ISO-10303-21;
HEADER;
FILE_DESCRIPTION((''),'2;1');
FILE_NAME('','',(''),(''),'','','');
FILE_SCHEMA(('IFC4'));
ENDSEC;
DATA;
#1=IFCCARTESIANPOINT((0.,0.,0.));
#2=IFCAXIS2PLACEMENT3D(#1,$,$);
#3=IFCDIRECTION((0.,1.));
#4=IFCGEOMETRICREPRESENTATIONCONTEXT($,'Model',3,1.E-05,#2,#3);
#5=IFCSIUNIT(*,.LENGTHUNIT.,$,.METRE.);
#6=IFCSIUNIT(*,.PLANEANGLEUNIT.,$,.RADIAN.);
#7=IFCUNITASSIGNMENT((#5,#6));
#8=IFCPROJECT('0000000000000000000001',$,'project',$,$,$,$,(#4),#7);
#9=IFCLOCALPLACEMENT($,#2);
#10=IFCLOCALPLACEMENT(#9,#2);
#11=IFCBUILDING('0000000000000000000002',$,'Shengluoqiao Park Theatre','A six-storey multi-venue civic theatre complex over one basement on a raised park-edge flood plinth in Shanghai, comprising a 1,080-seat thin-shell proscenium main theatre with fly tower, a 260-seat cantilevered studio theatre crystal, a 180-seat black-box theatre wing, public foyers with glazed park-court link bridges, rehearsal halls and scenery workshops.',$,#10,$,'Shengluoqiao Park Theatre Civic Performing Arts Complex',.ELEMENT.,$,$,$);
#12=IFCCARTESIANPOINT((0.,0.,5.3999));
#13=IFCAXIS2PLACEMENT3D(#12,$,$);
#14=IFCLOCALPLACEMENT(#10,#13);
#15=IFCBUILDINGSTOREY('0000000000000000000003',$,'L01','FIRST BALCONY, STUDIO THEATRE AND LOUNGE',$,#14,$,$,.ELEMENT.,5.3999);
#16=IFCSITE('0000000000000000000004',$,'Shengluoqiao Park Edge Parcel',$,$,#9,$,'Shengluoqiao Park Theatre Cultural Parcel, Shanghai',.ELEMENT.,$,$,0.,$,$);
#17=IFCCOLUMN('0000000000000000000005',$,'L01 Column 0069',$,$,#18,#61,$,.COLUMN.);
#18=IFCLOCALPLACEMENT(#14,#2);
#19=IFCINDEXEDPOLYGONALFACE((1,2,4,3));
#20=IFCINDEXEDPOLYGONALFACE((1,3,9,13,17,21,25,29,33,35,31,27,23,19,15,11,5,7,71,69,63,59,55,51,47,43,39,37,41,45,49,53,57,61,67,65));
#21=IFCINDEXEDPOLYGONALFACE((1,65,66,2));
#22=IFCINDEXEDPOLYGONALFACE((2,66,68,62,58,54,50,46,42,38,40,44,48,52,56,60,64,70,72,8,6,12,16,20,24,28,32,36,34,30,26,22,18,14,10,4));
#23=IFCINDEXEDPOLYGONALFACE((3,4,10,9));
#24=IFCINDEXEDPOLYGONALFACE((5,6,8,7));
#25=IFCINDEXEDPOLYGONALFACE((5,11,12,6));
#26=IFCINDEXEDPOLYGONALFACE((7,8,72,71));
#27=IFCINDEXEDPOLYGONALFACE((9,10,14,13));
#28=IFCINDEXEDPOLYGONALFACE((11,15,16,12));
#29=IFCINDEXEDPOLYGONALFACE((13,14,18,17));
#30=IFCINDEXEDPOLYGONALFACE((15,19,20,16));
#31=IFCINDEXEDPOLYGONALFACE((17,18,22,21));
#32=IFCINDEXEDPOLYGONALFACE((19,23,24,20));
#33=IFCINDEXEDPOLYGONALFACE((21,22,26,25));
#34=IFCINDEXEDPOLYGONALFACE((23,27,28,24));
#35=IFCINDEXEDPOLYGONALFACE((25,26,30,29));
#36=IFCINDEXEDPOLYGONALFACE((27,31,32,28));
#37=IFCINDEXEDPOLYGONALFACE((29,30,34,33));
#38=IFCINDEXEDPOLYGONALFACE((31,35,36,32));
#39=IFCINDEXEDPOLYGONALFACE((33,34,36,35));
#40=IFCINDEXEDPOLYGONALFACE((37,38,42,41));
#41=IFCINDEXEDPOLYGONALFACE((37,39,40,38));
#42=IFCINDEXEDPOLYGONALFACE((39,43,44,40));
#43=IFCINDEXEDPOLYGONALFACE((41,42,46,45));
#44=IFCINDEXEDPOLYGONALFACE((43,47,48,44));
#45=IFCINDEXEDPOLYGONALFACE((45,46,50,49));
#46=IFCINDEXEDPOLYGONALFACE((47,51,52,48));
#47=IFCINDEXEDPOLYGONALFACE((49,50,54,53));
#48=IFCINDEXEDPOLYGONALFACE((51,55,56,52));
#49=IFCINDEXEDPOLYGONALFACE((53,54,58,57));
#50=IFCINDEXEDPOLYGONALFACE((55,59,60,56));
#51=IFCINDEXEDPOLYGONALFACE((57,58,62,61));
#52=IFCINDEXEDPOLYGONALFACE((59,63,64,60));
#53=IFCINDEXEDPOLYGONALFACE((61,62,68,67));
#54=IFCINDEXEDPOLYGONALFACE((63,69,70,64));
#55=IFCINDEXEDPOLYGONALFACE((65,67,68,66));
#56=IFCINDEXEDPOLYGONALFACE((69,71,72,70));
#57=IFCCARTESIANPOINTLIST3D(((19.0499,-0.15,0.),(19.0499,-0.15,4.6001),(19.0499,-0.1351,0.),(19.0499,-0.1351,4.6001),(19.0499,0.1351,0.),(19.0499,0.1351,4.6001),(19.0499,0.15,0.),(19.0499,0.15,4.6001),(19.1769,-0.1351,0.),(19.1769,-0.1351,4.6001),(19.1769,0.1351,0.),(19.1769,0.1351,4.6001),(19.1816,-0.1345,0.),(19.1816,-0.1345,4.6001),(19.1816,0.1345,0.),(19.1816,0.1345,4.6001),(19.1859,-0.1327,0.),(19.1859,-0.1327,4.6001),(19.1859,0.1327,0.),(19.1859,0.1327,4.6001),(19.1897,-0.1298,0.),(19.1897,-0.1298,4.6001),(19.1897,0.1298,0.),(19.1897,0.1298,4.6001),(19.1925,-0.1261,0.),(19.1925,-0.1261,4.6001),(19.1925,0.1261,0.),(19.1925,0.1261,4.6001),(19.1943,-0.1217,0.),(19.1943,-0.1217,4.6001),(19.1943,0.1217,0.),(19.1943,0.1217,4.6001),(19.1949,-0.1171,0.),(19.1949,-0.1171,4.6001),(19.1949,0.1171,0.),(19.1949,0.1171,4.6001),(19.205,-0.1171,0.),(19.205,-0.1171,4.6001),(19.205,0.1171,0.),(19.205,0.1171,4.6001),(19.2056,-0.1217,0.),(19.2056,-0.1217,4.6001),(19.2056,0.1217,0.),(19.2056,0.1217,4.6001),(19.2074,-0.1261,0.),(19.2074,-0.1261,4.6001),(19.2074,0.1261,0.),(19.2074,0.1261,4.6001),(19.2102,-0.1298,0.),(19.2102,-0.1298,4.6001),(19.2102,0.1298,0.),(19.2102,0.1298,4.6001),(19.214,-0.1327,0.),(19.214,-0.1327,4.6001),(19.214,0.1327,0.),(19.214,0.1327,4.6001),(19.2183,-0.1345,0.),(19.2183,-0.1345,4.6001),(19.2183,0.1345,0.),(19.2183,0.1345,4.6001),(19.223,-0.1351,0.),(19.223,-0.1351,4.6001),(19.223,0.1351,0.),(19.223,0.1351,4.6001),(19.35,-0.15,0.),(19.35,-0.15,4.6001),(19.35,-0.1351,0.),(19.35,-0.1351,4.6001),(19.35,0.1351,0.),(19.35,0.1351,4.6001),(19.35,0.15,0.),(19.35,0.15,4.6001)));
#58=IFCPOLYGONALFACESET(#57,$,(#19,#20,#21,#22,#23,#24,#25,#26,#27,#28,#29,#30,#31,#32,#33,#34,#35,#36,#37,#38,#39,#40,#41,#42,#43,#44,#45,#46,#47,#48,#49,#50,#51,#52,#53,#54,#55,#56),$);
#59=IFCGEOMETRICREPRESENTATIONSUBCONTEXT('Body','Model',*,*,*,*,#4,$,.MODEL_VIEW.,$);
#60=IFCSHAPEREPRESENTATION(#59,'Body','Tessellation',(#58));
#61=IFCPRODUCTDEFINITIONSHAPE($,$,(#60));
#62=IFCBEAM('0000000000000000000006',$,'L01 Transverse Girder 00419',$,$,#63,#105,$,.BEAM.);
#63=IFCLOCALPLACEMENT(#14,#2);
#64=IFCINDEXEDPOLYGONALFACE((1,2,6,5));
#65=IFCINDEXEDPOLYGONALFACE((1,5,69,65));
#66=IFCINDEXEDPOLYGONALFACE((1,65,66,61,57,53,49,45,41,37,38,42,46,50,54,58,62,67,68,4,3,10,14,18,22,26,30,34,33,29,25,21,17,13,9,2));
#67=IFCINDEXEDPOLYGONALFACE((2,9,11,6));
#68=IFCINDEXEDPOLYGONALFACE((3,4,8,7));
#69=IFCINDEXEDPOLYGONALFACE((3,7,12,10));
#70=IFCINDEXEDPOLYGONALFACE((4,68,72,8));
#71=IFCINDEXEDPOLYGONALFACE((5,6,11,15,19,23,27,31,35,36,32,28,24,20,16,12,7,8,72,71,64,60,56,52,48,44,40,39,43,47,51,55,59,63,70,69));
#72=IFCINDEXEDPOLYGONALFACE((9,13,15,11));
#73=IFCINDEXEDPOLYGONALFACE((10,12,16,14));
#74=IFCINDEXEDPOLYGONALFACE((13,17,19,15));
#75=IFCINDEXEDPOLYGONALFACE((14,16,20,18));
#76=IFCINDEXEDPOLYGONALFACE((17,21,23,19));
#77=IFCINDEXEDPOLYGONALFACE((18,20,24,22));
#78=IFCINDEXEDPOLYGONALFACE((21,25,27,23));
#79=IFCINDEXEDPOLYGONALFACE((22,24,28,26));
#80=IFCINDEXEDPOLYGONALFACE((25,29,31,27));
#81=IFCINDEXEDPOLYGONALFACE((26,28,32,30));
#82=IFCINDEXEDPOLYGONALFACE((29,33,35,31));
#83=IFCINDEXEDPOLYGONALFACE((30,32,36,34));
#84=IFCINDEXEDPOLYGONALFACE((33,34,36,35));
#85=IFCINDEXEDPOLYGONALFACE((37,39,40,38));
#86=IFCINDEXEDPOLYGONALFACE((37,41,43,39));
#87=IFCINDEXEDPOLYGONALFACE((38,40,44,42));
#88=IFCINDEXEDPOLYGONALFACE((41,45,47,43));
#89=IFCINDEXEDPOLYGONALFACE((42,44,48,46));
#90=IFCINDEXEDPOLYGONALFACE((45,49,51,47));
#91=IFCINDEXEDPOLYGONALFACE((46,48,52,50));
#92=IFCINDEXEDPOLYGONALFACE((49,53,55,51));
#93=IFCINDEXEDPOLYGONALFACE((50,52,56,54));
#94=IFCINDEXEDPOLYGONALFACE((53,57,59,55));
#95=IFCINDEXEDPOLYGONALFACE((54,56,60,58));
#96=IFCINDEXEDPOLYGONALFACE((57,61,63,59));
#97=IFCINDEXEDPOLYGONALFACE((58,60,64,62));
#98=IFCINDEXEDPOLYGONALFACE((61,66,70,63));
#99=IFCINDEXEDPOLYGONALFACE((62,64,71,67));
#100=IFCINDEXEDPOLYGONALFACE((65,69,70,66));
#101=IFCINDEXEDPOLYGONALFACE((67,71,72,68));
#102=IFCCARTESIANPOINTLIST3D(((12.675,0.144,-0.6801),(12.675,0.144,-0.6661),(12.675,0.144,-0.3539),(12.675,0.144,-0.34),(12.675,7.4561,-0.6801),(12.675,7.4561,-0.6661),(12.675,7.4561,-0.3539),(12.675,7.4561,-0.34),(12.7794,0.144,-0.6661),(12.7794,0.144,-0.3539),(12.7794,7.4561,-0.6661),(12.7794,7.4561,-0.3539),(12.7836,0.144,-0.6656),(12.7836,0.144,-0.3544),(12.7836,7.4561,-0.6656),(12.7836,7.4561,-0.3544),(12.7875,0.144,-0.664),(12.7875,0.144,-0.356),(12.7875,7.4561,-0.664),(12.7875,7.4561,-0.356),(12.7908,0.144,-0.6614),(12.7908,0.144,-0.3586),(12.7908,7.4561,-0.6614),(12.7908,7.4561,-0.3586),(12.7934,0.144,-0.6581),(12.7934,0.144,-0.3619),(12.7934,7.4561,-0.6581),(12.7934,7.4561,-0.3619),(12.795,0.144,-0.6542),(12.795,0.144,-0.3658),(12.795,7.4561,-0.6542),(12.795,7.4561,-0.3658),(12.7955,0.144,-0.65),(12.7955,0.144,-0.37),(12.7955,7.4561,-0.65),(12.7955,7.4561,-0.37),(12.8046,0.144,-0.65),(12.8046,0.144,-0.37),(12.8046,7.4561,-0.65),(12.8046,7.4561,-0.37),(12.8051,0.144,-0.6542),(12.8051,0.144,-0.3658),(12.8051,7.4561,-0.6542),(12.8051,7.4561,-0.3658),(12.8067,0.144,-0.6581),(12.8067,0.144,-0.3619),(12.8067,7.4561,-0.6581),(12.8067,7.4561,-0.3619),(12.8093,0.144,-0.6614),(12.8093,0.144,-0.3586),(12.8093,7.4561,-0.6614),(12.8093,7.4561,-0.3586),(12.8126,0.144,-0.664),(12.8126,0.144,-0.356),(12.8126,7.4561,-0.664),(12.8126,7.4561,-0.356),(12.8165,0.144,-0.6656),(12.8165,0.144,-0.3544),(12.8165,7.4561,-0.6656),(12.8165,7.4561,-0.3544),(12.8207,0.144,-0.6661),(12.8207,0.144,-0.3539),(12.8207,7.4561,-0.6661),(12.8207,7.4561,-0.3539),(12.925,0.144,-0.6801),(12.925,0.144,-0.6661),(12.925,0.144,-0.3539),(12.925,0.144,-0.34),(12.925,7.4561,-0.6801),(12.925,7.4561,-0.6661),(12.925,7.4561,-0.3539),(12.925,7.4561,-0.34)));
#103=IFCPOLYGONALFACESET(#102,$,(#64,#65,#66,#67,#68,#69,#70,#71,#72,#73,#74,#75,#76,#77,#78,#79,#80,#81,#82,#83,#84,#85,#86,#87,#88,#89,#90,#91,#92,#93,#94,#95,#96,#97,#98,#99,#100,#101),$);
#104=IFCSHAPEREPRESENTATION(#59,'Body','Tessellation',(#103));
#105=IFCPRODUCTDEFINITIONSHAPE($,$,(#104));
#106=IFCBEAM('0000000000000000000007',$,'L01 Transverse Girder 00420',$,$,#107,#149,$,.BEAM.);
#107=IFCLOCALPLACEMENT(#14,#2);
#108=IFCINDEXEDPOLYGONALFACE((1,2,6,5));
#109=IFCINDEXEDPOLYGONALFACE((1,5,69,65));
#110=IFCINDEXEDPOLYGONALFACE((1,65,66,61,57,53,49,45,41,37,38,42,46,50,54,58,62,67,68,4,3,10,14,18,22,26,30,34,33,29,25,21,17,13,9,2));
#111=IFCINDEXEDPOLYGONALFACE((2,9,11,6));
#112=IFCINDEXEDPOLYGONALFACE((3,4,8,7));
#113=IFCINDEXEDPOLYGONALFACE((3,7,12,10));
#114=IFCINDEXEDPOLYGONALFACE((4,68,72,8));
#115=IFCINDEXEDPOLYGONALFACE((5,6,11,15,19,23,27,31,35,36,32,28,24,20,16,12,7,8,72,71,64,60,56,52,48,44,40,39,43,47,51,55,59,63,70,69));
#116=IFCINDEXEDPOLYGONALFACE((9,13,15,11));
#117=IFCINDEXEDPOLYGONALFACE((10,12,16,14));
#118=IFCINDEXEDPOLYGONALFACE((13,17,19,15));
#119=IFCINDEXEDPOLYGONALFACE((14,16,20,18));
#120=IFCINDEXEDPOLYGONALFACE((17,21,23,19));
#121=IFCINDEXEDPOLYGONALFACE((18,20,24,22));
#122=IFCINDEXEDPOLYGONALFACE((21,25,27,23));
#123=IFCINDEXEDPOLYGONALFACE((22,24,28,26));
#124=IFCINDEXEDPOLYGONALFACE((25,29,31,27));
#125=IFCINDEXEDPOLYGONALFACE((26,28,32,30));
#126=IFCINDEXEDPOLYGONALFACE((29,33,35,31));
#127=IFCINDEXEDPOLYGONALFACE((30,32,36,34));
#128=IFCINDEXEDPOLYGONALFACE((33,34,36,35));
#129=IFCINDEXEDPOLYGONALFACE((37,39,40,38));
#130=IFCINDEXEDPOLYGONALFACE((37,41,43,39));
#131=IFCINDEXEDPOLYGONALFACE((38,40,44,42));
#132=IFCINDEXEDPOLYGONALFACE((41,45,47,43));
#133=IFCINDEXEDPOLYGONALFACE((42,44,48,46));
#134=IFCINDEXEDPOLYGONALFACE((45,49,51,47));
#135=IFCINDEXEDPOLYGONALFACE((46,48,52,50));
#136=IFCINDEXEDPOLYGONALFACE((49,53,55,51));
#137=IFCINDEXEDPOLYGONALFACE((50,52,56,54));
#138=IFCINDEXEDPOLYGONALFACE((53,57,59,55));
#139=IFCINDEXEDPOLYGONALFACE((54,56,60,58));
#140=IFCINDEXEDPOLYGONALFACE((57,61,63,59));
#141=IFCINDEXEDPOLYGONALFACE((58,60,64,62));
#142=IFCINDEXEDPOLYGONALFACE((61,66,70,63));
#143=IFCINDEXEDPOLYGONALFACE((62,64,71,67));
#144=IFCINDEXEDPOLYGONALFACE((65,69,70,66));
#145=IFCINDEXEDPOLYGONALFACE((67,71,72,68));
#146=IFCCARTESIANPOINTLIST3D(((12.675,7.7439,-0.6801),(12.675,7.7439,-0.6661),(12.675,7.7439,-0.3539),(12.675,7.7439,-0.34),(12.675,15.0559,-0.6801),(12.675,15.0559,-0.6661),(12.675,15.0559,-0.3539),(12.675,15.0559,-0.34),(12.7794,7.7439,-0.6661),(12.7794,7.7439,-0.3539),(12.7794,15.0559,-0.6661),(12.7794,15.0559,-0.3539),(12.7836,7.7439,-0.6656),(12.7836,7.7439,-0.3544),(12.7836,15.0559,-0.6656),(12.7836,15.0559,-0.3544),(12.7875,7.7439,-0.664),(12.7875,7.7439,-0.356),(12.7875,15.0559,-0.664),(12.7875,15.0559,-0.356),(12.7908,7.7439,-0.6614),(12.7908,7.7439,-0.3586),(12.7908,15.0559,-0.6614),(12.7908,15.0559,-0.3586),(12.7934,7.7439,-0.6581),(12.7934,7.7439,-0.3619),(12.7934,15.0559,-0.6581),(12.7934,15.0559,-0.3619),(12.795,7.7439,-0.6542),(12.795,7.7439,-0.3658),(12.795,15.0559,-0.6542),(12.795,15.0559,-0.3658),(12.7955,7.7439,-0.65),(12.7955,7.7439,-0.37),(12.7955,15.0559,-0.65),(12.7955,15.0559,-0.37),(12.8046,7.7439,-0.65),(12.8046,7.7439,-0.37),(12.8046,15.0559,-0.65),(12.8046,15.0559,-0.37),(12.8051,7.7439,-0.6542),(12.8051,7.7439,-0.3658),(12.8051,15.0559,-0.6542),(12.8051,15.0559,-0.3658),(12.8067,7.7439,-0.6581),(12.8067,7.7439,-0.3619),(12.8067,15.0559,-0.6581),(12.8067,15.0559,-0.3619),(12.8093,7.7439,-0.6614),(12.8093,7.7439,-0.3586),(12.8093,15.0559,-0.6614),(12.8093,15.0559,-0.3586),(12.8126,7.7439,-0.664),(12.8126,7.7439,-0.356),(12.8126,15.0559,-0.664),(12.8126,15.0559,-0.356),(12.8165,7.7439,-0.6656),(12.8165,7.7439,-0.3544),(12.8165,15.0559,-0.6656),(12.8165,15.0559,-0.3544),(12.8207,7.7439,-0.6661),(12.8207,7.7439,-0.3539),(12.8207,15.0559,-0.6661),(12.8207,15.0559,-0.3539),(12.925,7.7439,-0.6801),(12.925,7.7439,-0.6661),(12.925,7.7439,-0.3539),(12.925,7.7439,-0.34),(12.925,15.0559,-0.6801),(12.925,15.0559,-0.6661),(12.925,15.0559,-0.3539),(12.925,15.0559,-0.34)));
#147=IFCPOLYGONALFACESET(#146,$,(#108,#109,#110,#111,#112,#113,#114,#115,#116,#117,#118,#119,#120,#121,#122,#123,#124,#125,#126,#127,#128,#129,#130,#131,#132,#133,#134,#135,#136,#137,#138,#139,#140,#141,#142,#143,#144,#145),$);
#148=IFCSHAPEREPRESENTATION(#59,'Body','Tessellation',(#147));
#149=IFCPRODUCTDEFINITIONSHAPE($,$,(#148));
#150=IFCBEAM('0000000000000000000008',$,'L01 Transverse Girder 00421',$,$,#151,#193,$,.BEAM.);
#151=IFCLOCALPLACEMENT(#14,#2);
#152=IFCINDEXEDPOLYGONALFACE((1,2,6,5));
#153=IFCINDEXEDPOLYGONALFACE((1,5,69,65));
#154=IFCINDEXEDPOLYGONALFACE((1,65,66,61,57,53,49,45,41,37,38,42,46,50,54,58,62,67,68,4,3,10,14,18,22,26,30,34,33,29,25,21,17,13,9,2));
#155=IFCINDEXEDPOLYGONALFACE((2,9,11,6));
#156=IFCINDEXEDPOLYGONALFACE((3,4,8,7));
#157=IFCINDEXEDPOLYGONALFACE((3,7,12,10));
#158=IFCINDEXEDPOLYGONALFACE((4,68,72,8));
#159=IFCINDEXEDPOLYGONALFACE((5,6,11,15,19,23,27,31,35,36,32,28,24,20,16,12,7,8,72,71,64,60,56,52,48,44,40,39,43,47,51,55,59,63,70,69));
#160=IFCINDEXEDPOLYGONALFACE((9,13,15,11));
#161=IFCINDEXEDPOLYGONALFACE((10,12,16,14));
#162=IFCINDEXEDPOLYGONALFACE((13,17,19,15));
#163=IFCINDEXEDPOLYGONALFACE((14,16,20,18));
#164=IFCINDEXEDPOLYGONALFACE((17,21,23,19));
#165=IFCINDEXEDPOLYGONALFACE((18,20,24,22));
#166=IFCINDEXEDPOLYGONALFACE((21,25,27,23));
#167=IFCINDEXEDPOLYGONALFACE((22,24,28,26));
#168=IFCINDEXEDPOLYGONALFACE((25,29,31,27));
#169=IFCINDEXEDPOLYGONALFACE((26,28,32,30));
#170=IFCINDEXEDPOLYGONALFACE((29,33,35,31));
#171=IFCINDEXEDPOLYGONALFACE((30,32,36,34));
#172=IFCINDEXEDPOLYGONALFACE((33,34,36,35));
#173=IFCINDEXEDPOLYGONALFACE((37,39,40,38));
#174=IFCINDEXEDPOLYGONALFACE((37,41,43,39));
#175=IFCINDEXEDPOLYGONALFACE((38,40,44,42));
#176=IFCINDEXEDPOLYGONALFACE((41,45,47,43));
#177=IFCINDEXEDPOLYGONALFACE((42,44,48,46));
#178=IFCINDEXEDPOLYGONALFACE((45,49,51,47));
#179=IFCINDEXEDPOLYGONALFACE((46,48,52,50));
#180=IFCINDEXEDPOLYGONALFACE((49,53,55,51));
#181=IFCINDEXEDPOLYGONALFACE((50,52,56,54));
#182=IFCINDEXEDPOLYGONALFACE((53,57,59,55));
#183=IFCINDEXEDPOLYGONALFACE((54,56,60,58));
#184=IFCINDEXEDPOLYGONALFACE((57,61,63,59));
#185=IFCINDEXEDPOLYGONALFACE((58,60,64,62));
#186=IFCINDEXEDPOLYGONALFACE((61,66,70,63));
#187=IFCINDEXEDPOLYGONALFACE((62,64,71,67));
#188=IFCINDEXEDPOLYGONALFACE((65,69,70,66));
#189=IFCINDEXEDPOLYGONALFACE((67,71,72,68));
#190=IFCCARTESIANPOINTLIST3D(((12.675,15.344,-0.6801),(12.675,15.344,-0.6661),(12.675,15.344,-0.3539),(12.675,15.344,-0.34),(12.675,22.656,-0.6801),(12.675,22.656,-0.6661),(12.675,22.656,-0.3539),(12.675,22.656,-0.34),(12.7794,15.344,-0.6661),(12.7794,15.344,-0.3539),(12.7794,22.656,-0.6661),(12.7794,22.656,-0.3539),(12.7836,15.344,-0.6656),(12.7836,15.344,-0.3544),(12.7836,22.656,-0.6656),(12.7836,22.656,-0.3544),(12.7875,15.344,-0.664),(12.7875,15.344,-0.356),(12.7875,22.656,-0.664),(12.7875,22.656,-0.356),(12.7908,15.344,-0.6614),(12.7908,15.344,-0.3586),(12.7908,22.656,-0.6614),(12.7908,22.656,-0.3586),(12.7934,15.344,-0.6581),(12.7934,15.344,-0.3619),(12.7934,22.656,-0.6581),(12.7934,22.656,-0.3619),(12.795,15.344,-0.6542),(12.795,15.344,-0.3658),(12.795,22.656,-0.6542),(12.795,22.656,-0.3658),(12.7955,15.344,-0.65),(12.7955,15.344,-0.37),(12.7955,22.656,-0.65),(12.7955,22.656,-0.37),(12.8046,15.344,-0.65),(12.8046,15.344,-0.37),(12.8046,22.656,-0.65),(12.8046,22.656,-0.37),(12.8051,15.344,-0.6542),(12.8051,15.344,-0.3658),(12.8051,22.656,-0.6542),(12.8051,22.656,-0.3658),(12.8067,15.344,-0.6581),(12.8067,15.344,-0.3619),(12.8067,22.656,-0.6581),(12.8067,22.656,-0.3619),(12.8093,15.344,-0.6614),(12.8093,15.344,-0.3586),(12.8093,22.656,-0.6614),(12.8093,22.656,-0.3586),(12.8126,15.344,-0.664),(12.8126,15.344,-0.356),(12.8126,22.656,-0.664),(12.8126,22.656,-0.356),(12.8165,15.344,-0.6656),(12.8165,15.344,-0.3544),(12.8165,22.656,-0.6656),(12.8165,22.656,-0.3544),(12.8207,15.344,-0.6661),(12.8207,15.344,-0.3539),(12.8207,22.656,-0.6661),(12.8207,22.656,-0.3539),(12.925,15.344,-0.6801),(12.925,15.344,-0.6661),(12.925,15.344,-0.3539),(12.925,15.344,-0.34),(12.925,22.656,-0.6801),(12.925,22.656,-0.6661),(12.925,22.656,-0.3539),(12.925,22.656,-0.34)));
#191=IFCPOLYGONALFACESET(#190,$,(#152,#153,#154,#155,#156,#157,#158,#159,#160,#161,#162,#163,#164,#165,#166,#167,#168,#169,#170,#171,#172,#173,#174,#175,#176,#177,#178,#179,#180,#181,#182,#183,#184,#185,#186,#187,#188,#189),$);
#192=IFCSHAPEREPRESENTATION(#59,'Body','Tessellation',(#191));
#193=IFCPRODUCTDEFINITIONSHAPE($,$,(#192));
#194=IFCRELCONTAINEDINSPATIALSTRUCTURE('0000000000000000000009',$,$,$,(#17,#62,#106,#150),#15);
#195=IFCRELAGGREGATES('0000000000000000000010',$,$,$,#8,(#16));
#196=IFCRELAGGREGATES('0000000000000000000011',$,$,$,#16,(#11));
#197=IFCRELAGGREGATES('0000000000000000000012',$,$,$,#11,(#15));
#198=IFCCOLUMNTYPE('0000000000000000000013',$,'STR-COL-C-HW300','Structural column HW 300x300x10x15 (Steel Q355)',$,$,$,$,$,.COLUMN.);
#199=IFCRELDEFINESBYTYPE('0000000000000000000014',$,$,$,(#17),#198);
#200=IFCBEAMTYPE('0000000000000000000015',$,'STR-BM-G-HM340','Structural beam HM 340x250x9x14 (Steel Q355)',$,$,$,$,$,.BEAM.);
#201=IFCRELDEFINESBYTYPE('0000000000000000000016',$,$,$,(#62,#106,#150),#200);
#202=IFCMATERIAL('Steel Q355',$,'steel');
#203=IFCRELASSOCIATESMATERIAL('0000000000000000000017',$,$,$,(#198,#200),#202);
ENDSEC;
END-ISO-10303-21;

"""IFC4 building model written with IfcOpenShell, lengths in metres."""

from ifc_helpers import new_model, si_unit, direction, frame, origin, origin_2d, place, context, subcontext, project, spatial, i_section, extrude, material, material_profile, profile_set, type_object, element, save


model = new_model("IFC4")

# Units and contexts
model_context = context("Model", 3, precision=1e-05, world=origin(), true_north=direction((0.0, 1.0)))
body_context = subcontext(model_context, "Body", "Model", "MODEL_VIEW")
ifc_project = project(units=[si_unit("LENGTHUNIT", "METRE"), si_unit("PLANEANGLEUNIT", "RADIAN")], contexts=[model_context])

# Site, building, storey
site_placement = place(None, origin())
site = spatial("IfcSite", under=ifc_project, at=site_placement, Name="Shengluoqiao Park Edge Parcel", LongName="Shengluoqiao Park Theatre Cultural Parcel, Shanghai", CompositionType="ELEMENT", RefElevation=0.0)
building_placement = place(site_placement, origin())
building = spatial("IfcBuilding", under=site, at=building_placement, Name="Shengluoqiao Park Theatre", Description="A six-storey multi-venue civic theatre complex over one basement on a raised park-edge flood plinth in Shanghai, comprising a 1,080-seat thin-shell proscenium main theatre with fly tower, a 260-seat cantilevered studio theatre crystal, a 180-seat black-box theatre wing, public foyers with glazed park-court link bridges, rehearsal halls and scenery workshops.", LongName="Shengluoqiao Park Theatre Civic Performing Arts Complex", CompositionType="ELEMENT")
storey_placement = place(building_placement, frame((0.0, 0.0, 5.3999)))
storey = spatial("IfcBuildingStorey", under=building, at=storey_placement, Name="L01", Description="FIRST BALCONY, STUDIO THEATRE AND LOUNGE", CompositionType="ELEMENT", Elevation=5.3999)

# Column
ifc_material_1 = material(Name="Steel Q355", Category="steel")
ifc_material_profile_1 = material_profile(ifc_material_1, i_section(OverallWidth=0.3, OverallDepth=0.3, WebThickness=0.01, FlangeThickness=0.0149, FilletRadius=0.0181, at=origin_2d()), Name="HW 300x300x10x15")
ifc_profile_set_1 = profile_set([ifc_material_profile_1], Name="Steel Q355")
column_type = type_object("IfcColumnType", Name="STR-COL-C-HW300", Description="Structural column HW 300x300x10x15 (Steel Q355)", PredefinedType="COLUMN", material=ifc_profile_set_1)
for number, where, z_axis, x_axis, name in (
    (1, (19.2, 0.0, 0.0), (0.0, 0.0, 1.0), (1.0, 0.0, 0.0), "L01 Column 0069"),
):
    element("IfcColumn", number, at=place(storey_placement, frame(where, z_axis=z_axis, x_axis=x_axis)), inside=storey, type_object=column_type, Name=name, PredefinedType="COLUMN", context=body_context, shape_type="SweptSolid", body=[
        extrude(i_section(OverallWidth=0.3, OverallDepth=0.3, WebThickness=0.01, FlangeThickness=0.0149, FilletRadius=0.0181, at=origin_2d()), origin(), (0.0, 0.0, 1.0), 4.6001),
    ])

# Beams
ifc_material_profile_2 = material_profile(ifc_material_1, i_section(OverallWidth=0.25, OverallDepth=0.3401, WebThickness=0.009, FlangeThickness=0.0139, FilletRadius=0.0161, at=origin_2d()), Name="HM 340x250x9x14")
ifc_profile_set_2 = profile_set([ifc_material_profile_2], Name="Steel Q355")
beam_type_1 = type_object("IfcBeamType", Name="STR-BM-G-HM340", Description="Structural beam HM 340x250x9x14 (Steel Q355)", PredefinedType="BEAM", material=ifc_profile_set_2)
for number, where, z_axis, x_axis, name in (
    (2, (12.8, 0.144, -0.51), (0.0, 1.0, 0.0), (-1.0, 0.0, 0.0), "L01 Transverse Girder 00419"),
    (3, (12.8, 7.7439, -0.51), (0.0, 1.0, 0.0), (-1.0, 0.0, 0.0), "L01 Transverse Girder 00420"),
    (4, (12.8, 15.344, -0.51), (0.0, 1.0, 0.0), (-1.0, 0.0, 0.0), "L01 Transverse Girder 00421"),
):
    element("IfcBeam", number, at=place(storey_placement, frame(where, z_axis=z_axis, x_axis=x_axis)), inside=storey, type_object=beam_type_1, Name=name, PredefinedType="BEAM", context=body_context, shape_type="SweptSolid", body=[
        extrude(i_section(OverallWidth=0.25, OverallDepth=0.3401, WebThickness=0.009, FlangeThickness=0.0139, FilletRadius=0.0161, at=origin_2d()), origin(), (0.0, 0.0, 1.0), 7.312),
    ])

save(model, "model.ifc")
